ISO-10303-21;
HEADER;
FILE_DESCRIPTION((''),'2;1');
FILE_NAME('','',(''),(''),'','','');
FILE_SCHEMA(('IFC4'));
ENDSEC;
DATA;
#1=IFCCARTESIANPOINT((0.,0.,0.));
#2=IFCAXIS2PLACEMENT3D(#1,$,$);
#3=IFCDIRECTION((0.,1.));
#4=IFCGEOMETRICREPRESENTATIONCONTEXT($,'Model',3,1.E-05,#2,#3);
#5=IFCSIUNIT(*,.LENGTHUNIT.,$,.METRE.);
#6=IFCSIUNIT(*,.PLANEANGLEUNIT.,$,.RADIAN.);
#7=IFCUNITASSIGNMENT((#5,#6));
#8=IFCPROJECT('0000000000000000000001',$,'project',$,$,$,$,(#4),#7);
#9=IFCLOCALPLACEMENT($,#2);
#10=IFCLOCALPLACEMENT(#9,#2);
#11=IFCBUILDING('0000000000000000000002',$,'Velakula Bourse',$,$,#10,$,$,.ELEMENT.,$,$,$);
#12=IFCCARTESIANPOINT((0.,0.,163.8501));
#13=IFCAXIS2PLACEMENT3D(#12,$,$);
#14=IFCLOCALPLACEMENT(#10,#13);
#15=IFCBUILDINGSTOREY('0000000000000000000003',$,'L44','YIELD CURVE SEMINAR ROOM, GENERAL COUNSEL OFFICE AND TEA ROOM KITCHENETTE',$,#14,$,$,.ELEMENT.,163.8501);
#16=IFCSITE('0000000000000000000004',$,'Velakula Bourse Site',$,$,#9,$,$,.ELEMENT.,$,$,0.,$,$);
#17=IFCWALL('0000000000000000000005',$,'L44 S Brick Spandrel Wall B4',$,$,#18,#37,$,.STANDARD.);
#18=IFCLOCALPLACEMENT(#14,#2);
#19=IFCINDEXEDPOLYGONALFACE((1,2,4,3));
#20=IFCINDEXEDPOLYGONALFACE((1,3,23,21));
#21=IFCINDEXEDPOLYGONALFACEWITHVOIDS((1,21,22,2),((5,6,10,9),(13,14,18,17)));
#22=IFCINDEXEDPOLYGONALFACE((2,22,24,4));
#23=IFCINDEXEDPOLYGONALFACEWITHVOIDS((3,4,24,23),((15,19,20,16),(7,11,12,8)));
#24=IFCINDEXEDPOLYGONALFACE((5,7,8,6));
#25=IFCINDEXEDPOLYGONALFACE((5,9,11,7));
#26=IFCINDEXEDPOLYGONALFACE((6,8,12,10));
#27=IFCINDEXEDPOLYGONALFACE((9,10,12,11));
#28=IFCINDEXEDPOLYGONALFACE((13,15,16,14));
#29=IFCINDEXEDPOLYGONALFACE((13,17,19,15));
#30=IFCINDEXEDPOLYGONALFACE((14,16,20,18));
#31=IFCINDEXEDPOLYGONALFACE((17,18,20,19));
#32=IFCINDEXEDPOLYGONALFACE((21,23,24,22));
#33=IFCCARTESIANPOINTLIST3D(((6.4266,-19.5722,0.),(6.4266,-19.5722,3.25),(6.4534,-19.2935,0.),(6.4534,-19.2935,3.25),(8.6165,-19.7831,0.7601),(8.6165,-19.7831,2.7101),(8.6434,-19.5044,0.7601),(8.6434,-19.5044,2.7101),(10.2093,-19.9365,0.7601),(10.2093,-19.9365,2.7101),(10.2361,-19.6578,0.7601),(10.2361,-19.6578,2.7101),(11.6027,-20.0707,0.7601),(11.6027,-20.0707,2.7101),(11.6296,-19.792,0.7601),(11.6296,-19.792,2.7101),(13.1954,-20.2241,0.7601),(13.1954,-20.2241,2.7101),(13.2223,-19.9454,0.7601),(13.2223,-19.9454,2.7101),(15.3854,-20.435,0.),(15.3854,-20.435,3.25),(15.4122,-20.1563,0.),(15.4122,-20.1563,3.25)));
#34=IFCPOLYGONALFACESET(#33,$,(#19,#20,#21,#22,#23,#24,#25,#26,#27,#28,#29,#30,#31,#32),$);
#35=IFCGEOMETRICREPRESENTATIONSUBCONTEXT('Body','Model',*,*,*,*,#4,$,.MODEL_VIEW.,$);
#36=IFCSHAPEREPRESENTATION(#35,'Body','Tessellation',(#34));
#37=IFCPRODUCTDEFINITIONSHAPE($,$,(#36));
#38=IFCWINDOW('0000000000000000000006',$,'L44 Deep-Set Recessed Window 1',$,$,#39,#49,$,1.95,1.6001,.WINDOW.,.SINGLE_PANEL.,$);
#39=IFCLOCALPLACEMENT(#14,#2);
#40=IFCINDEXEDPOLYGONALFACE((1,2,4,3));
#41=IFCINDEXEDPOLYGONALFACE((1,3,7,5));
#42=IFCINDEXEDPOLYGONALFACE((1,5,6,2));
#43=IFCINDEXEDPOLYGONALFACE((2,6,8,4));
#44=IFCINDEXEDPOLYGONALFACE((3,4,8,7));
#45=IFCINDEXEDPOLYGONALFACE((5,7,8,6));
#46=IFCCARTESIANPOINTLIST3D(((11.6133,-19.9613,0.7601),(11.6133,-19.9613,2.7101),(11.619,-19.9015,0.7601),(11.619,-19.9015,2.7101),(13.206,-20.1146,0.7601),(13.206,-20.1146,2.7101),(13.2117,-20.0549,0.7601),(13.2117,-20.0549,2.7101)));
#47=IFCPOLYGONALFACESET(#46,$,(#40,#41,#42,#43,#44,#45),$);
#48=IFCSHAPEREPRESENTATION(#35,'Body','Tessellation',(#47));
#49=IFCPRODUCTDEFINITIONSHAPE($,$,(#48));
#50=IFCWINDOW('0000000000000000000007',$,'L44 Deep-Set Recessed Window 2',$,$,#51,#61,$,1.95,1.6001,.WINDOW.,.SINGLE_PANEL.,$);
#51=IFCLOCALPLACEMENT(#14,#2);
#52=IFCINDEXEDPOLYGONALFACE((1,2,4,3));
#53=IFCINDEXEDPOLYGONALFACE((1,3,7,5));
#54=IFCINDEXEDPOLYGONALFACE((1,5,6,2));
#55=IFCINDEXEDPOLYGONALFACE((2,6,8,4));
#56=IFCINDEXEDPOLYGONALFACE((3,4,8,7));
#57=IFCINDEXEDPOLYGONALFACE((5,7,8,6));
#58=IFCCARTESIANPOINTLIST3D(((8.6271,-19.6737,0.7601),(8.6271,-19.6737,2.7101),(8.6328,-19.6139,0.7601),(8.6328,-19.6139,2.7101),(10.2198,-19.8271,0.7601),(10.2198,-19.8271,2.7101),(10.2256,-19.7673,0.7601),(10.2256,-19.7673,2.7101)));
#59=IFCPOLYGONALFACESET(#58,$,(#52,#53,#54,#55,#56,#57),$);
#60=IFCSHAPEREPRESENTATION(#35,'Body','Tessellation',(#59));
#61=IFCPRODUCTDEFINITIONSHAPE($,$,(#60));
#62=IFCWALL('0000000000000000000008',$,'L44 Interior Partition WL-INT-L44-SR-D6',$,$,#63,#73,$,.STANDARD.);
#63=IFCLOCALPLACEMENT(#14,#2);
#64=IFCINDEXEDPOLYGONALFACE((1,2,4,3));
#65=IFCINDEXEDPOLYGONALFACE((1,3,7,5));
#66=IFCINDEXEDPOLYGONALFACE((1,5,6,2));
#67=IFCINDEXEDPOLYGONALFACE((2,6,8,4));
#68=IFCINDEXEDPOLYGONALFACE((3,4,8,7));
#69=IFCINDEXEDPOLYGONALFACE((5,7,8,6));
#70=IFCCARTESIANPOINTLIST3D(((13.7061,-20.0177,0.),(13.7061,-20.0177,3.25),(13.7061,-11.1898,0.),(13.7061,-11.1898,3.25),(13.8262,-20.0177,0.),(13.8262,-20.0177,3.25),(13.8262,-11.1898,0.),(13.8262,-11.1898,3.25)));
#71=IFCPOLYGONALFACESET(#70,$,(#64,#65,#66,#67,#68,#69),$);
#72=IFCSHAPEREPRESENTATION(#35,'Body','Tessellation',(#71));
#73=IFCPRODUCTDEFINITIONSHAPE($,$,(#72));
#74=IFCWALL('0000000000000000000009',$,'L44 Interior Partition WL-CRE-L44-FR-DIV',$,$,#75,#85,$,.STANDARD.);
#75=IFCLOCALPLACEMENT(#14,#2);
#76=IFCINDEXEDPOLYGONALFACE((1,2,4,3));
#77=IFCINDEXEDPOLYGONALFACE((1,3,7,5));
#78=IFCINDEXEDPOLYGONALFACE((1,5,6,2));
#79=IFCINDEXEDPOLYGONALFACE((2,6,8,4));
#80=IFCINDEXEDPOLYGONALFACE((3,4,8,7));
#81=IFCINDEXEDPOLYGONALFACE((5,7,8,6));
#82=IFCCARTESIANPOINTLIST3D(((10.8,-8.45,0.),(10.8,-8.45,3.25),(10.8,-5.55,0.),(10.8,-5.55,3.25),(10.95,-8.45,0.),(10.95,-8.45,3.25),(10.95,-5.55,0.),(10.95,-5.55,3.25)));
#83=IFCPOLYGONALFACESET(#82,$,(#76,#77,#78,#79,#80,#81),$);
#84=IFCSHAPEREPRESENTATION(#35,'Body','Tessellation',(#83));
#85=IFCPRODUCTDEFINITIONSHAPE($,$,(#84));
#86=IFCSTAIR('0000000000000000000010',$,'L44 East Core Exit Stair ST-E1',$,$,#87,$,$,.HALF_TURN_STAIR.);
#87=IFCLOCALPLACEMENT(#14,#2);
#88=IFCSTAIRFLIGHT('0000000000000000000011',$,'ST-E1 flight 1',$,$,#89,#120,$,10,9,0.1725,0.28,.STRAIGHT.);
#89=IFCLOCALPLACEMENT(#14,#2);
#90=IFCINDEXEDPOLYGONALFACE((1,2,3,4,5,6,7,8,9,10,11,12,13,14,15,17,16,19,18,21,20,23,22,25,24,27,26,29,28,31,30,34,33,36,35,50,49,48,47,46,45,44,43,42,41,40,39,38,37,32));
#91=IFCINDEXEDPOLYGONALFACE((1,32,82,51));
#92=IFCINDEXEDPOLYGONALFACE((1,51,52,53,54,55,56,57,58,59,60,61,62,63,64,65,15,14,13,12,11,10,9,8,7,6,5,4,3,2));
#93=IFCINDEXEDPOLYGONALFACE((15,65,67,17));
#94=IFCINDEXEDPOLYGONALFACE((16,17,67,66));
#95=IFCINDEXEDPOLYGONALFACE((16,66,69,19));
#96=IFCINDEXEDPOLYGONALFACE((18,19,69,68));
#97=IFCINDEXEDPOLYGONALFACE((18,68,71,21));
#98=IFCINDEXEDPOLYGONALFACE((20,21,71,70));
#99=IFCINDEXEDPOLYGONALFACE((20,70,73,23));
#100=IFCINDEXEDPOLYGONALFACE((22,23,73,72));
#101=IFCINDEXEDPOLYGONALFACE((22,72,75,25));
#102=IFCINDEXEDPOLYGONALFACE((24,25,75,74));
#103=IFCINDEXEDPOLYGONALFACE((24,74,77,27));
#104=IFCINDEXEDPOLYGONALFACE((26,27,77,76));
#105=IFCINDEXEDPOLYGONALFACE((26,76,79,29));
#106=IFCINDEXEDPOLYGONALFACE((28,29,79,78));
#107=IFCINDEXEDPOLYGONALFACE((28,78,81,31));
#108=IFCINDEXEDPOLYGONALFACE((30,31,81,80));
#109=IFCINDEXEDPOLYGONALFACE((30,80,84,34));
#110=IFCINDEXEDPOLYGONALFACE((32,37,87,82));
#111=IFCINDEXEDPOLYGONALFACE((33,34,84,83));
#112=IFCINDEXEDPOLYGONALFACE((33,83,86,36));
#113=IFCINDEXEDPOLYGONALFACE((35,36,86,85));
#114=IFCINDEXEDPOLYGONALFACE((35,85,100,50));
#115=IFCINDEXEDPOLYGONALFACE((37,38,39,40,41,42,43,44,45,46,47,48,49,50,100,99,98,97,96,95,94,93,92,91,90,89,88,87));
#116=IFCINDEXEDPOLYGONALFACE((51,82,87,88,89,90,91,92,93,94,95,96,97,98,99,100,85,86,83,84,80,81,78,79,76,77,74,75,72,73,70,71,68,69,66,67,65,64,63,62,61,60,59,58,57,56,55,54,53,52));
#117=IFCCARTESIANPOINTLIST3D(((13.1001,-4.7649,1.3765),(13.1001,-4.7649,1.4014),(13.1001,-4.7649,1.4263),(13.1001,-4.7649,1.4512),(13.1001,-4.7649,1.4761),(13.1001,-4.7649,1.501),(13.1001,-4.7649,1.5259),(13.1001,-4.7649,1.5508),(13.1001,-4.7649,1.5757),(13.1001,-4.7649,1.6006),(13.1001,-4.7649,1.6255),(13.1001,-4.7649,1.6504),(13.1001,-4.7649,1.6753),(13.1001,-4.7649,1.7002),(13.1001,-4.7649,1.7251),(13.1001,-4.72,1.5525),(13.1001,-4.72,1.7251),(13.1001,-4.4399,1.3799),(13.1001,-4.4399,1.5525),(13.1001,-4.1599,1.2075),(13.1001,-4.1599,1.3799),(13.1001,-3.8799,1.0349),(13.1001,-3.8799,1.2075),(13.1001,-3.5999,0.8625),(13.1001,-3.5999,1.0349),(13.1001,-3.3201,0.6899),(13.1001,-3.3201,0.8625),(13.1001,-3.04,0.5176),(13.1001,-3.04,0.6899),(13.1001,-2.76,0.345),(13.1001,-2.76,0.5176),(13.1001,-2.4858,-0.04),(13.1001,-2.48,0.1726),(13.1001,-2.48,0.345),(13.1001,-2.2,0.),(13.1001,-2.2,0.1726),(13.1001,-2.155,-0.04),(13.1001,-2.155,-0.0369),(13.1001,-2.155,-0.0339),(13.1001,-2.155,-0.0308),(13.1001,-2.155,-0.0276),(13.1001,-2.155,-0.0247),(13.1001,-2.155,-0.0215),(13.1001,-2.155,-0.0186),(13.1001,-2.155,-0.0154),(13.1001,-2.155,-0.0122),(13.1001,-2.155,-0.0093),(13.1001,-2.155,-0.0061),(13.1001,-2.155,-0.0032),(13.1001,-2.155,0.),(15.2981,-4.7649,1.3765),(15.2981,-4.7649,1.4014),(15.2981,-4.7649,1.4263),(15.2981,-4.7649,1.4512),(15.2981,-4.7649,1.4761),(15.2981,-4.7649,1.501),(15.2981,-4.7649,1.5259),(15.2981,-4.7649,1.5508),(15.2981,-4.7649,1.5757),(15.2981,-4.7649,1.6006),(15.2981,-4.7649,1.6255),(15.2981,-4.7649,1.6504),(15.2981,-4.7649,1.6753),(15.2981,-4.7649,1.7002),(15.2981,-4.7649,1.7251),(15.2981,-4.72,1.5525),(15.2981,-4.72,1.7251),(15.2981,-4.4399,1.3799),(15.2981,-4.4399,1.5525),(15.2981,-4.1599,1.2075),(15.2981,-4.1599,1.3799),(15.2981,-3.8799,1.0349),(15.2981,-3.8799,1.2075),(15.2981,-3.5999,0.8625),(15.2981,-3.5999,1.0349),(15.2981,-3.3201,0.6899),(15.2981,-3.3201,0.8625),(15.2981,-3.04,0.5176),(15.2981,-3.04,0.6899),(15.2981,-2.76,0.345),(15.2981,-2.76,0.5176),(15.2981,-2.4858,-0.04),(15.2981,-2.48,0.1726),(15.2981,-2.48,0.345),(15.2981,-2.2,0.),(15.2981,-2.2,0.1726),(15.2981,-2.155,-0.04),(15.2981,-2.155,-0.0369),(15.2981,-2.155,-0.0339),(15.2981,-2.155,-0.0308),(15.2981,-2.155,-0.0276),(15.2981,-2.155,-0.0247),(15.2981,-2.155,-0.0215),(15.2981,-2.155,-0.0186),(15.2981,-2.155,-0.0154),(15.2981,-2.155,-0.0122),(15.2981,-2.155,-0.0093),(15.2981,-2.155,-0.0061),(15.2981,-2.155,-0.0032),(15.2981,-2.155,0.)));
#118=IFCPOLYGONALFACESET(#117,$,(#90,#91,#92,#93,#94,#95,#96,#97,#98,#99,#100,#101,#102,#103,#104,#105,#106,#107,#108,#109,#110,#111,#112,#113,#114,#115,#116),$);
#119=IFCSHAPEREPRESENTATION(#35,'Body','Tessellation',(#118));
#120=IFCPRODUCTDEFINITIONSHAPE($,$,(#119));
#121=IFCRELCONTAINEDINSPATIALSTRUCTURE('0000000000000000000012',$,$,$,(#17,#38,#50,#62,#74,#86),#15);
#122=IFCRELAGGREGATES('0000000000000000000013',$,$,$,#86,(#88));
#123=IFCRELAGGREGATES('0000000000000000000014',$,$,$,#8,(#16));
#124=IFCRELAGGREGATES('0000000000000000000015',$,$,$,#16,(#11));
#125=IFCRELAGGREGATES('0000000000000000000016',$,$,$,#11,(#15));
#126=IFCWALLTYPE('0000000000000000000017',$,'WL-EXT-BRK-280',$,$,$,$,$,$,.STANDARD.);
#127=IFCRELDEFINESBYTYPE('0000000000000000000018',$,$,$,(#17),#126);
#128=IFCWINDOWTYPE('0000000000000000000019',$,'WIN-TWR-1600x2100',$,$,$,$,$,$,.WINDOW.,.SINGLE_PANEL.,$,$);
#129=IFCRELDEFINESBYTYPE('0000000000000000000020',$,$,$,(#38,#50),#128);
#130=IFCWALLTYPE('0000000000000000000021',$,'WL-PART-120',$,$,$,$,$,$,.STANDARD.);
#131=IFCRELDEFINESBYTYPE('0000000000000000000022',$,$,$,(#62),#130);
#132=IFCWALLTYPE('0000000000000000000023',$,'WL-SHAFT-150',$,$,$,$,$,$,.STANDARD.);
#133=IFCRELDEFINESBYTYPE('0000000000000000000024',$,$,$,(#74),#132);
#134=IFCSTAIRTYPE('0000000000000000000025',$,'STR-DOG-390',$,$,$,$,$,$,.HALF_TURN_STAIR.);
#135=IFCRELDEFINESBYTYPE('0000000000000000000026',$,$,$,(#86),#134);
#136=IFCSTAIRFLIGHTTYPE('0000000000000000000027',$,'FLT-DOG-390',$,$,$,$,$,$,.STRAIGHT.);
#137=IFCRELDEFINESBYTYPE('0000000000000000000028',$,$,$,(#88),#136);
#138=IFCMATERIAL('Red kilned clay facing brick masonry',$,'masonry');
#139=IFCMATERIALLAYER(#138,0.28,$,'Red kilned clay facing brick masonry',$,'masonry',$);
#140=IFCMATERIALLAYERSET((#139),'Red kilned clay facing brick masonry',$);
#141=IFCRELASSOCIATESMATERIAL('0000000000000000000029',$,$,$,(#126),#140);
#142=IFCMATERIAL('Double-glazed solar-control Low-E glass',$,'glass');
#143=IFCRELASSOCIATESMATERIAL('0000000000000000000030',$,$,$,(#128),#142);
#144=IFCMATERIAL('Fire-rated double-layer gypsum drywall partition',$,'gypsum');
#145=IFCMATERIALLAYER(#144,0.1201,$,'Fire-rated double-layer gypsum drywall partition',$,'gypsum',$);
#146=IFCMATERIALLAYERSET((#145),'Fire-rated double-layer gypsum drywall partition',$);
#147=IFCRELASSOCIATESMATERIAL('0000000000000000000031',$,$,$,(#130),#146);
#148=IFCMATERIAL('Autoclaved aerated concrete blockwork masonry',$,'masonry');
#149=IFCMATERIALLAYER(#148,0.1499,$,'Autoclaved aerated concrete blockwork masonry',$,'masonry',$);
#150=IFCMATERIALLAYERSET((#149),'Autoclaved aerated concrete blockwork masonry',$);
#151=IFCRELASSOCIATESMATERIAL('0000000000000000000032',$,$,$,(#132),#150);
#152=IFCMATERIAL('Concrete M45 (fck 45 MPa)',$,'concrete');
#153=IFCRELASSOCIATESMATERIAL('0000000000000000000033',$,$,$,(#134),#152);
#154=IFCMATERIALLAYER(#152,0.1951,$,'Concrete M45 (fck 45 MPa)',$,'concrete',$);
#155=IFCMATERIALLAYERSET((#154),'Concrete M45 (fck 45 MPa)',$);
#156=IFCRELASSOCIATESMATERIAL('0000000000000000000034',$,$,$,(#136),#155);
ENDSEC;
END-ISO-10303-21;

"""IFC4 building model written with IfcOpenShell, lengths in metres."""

from ifc_helpers import new_model, si_unit, direction, frame, frame_2d, origin, place, context, subcontext, project, spatial, polyline, rectangle, outline, extrude, material, layer, layer_set, type_object, element, fill, aggregate, save


model = new_model("IFC4")

# Units and contexts
model_context = context("Model", 3, precision=1e-05, world=origin(), true_north=direction((0.0, 1.0)))
body_context = subcontext(model_context, "Body", "Model", "MODEL_VIEW")
ifc_project = project(units=[si_unit("LENGTHUNIT", "METRE"), si_unit("PLANEANGLEUNIT", "RADIAN")], contexts=[model_context])

# Site, building, storey
site_placement = place(None, origin())
site = spatial("IfcSite", under=ifc_project, at=site_placement, Name="Velakula Bourse Site", CompositionType="ELEMENT", RefElevation=0.0)
building_placement = place(site_placement, origin())
building = spatial("IfcBuilding", under=site, at=building_placement, Name="Velakula Bourse", CompositionType="ELEMENT")
storey_placement = place(building_placement, frame((0.0, 0.0, 163.8501)))
storey = spatial("IfcBuildingStorey", under=building, at=storey_placement, Name="L44", Description="YIELD CURVE SEMINAR ROOM, GENERAL COUNSEL OFFICE AND TEA ROOM KITCHENETTE", CompositionType="ELEMENT", Elevation=163.8501)

# Wall, openings, windows
ifc_material_1 = material(Name="Red kilned clay facing brick masonry", Category="masonry")
ifc_layer_1 = layer(ifc_material_1, 0.28, Name="Red kilned clay facing brick masonry", Category="masonry")
ifc_layer_set_1 = layer_set([ifc_layer_1], Name="Red kilned clay facing brick masonry")
wall_type_1 = type_object("IfcWallType", Name="WL-EXT-BRK-280", PredefinedType="STANDARD", material=ifc_layer_set_1)
wall_1_placement = place(storey_placement, frame((15.3987, -20.2957, 0.0), z_axis=(0.0, 0.0, 1.0), x_axis=(-0.995394, 0.095864, 0.0)))
wall_1 = element("IfcWall", 1, at=wall_1_placement, inside=storey, type_object=wall_type_1, Name="L44 S Brick Spandrel Wall B4", PredefinedType="STANDARD", context=body_context, shape_type="SweptSolid", body=[
    extrude(rectangle(XDim=9.0002, YDim=0.28, at=frame_2d((4.5, 0.0))), origin(), (0.0, 0.0, 1.0), 3.25),
])
opening_1_placement = place(wall_1_placement, frame((2.2, 0.0, 0.76)))
opening_1 = element("IfcOpeningElement", 2, at=opening_1_placement, cuts=wall_1, PredefinedType="OPENING", context=body_context, shape_type="SweptSolid", body=[
    extrude(rectangle(XDim=1.6001, YDim=1.95, at=frame_2d((0.8, 0.9751))), frame((0.0, 0.1499, 0.0), z_axis=(0.0, -1.0, 0.0), x_axis=(1.0, 0.0, 0.0)), (0.0, 0.0, 1.0), 0.3),
])
opening_2_placement = place(wall_1_placement, frame((5.2, 0.0, 0.76)))
opening_2 = element("IfcOpeningElement", 3, at=opening_2_placement, cuts=wall_1, PredefinedType="OPENING", context=body_context, shape_type="SweptSolid", body=[
    extrude(rectangle(XDim=1.6001, YDim=1.95, at=frame_2d((0.8, 0.9751))), frame((0.0, 0.1499, 0.0), z_axis=(0.0, -1.0, 0.0), x_axis=(1.0, 0.0, 0.0)), (0.0, 0.0, 1.0), 0.3),
])
ifc_material_2 = material(Name="Double-glazed solar-control Low-E glass", Category="glass")
window_type = type_object("IfcWindowType", Name="WIN-TWR-1600x2100", PartitioningType="SINGLE_PANEL", PredefinedType="WINDOW", material=ifc_material_2)
window_1_placement = place(opening_1_placement, origin())
window_1 = element("IfcWindow", 4, at=window_1_placement, inside=storey, type_object=window_type, Name="L44 Deep-Set Recessed Window 1", OverallHeight=1.95, OverallWidth=1.6001, PartitioningType="SINGLE_PANEL", PredefinedType="WINDOW", context=body_context, shape_type="SweptSolid", body=[
    extrude(rectangle(XDim=1.6001, YDim=1.95, at=frame_2d((0.8, 0.9751))), frame((0.0, 0.03, 0.0), z_axis=(0.0, -1.0, 0.0), x_axis=(1.0, 0.0, 0.0)), (0.0, 0.0, 1.0), 0.0601),
])
fill(opening_1, window_1)
window_2_placement = place(opening_2_placement, origin())
window_2 = element("IfcWindow", 5, at=window_2_placement, inside=storey, type_object=window_type, Name="L44 Deep-Set Recessed Window 2", OverallHeight=1.95, OverallWidth=1.6001, PartitioningType="SINGLE_PANEL", PredefinedType="WINDOW", context=body_context, shape_type="SweptSolid", body=[
    extrude(rectangle(XDim=1.6001, YDim=1.95, at=frame_2d((0.8, 0.9751))), frame((0.0, 0.03, 0.0), z_axis=(0.0, -1.0, 0.0), x_axis=(1.0, 0.0, 0.0)), (0.0, 0.0, 1.0), 0.0601),
])
fill(opening_2, window_2)

# Walls
ifc_material_3 = material(Name="Fire-rated double-layer gypsum drywall partition", Category="gypsum")
ifc_layer_2 = layer(ifc_material_3, 0.1201, Name="Fire-rated double-layer gypsum drywall partition", Category="gypsum")
ifc_layer_set_2 = layer_set([ifc_layer_2], Name="Fire-rated double-layer gypsum drywall partition")
wall_type_2 = type_object("IfcWallType", Name="WL-PART-120", PredefinedType="STANDARD", material=ifc_layer_set_2)
wall_2_placement = place(storey_placement, frame((13.7661, -20.0178, 0.0), z_axis=(0.0, 0.0, 1.0), x_axis=(0.0, 1.0, 0.0)))
element("IfcWall", 6, at=wall_2_placement, inside=storey, type_object=wall_type_2, Name="L44 Interior Partition WL-INT-L44-SR-D6", PredefinedType="STANDARD", context=body_context, shape_type="SweptSolid", body=[
    extrude(rectangle(XDim=8.8279, YDim=0.1201, at=frame_2d((4.4141, 0.0))), origin(), (0.0, 0.0, 1.0), 3.25),
])
ifc_material_4 = material(Name="Autoclaved aerated concrete blockwork masonry", Category="masonry")
ifc_layer_3 = layer(ifc_material_4, 0.1499, Name="Autoclaved aerated concrete blockwork masonry", Category="masonry")
ifc_layer_set_3 = layer_set([ifc_layer_3], Name="Autoclaved aerated concrete blockwork masonry")
wall_type_3 = type_object("IfcWallType", Name="WL-SHAFT-150", PredefinedType="STANDARD", material=ifc_layer_set_3)
wall_3_placement = place(storey_placement, frame((10.875, -8.45, 0.0), z_axis=(0.0, 0.0, 1.0), x_axis=(0.0, 1.0, 0.0)))
element("IfcWall", 7, at=wall_3_placement, inside=storey, type_object=wall_type_3, Name="L44 Interior Partition WL-CRE-L44-FR-DIV", PredefinedType="STANDARD", context=body_context, shape_type="SweptSolid", body=[
    extrude(rectangle(XDim=2.8999, YDim=0.1499, at=frame_2d((1.45, 0.0))), origin(), (0.0, 0.0, 1.0), 3.25),
])

# Stair, stair flight
ifc_material_5 = material(Name="Concrete M45 (fck 45 MPa)", Category="concrete")
stair_type = type_object("IfcStairType", Name="STR-DOG-390", PredefinedType="HALF_TURN_STAIR", material=ifc_material_5)
stair_placement = place(storey_placement, origin())
stair = element("IfcStair", 8, at=stair_placement, inside=storey, type_object=stair_type, Name="L44 East Core Exit Stair ST-E1", PredefinedType="HALF_TURN_STAIR")
ifc_layer_4 = layer(ifc_material_5, 0.1951, Name="Concrete M45 (fck 45 MPa)", Category="concrete")
ifc_layer_set_4 = layer_set([ifc_layer_4], Name="Concrete M45 (fck 45 MPa)")
stair_flight_type = type_object("IfcStairFlightType", Name="FLT-DOG-390", PredefinedType="STRAIGHT", material=ifc_layer_set_4)
stair_flight_1_placement = place(storey_placement, frame((14.199, -2.2, 0.0), z_axis=(0.0, 0.0, 1.0), x_axis=(0.0, -1.0, 0.0)))
stair_flight_1 = element("IfcStairFlight", 9, at=stair_flight_1_placement, type_object=stair_flight_type, Name="ST-E1 flight 1", NumberOfRisers=10, NumberOfTreads=9, PredefinedType="STRAIGHT", RiserHeight=0.1725, TreadLength=0.28, context=body_context, shape_type="SweptSolid", body=[
    extrude(outline(polyline([(-0.0449, -0.04), (-0.0449, -0.0369), (-0.0449, -0.0339), (-0.0449, -0.0308), (-0.0449, -0.0276), (-0.0449, -0.0247), (-0.0449, -0.0215), (-0.0449, -0.0186), (-0.0449, -0.0154), (-0.0449, -0.0122), (-0.0449, -0.0093), (-0.0449, -0.0061), (-0.0449, -0.0032), (-0.0449, 0.0), (0.0, 0.0), (0.0, 0.1726), (0.28, 0.1726), (0.28, 0.345), (0.5601, 0.345), (0.5601, 0.5176), (0.8401, 0.5176), (0.8401, 0.6899), (1.1201, 0.6899), (1.1201, 0.8625), (1.3999, 0.8625), (1.3999, 1.0349), (1.6799, 1.0349), (1.6799, 1.2075), (1.96, 1.2075), (1.96, 1.3799), (2.24, 1.3799), (2.24, 1.5525), (2.52, 1.5525), (2.52, 1.7251), (2.5649, 1.7251), (2.5649, 1.7002), (2.5649, 1.6753), (2.5649, 1.6504), (2.5649, 1.6255), (2.5649, 1.6006), (2.5649, 1.5757), (2.5649, 1.5508), (2.5649, 1.5259), (2.5649, 1.501), (2.5649, 1.4761), (2.5649, 1.4512), (2.5649, 1.4263), (2.5649, 1.4014), (2.5649, 1.3765), (0.2859, -0.04), (-0.0449, -0.04)])), frame((0.0, 1.0991, 0.0), z_axis=(0.0, -1.0, 0.0), x_axis=(1.0, 0.0, 0.0)), (0.0, 0.0, 1.0), 2.198),
])
aggregate(stair, [stair_flight_1])

save(model, "model.ifc")
